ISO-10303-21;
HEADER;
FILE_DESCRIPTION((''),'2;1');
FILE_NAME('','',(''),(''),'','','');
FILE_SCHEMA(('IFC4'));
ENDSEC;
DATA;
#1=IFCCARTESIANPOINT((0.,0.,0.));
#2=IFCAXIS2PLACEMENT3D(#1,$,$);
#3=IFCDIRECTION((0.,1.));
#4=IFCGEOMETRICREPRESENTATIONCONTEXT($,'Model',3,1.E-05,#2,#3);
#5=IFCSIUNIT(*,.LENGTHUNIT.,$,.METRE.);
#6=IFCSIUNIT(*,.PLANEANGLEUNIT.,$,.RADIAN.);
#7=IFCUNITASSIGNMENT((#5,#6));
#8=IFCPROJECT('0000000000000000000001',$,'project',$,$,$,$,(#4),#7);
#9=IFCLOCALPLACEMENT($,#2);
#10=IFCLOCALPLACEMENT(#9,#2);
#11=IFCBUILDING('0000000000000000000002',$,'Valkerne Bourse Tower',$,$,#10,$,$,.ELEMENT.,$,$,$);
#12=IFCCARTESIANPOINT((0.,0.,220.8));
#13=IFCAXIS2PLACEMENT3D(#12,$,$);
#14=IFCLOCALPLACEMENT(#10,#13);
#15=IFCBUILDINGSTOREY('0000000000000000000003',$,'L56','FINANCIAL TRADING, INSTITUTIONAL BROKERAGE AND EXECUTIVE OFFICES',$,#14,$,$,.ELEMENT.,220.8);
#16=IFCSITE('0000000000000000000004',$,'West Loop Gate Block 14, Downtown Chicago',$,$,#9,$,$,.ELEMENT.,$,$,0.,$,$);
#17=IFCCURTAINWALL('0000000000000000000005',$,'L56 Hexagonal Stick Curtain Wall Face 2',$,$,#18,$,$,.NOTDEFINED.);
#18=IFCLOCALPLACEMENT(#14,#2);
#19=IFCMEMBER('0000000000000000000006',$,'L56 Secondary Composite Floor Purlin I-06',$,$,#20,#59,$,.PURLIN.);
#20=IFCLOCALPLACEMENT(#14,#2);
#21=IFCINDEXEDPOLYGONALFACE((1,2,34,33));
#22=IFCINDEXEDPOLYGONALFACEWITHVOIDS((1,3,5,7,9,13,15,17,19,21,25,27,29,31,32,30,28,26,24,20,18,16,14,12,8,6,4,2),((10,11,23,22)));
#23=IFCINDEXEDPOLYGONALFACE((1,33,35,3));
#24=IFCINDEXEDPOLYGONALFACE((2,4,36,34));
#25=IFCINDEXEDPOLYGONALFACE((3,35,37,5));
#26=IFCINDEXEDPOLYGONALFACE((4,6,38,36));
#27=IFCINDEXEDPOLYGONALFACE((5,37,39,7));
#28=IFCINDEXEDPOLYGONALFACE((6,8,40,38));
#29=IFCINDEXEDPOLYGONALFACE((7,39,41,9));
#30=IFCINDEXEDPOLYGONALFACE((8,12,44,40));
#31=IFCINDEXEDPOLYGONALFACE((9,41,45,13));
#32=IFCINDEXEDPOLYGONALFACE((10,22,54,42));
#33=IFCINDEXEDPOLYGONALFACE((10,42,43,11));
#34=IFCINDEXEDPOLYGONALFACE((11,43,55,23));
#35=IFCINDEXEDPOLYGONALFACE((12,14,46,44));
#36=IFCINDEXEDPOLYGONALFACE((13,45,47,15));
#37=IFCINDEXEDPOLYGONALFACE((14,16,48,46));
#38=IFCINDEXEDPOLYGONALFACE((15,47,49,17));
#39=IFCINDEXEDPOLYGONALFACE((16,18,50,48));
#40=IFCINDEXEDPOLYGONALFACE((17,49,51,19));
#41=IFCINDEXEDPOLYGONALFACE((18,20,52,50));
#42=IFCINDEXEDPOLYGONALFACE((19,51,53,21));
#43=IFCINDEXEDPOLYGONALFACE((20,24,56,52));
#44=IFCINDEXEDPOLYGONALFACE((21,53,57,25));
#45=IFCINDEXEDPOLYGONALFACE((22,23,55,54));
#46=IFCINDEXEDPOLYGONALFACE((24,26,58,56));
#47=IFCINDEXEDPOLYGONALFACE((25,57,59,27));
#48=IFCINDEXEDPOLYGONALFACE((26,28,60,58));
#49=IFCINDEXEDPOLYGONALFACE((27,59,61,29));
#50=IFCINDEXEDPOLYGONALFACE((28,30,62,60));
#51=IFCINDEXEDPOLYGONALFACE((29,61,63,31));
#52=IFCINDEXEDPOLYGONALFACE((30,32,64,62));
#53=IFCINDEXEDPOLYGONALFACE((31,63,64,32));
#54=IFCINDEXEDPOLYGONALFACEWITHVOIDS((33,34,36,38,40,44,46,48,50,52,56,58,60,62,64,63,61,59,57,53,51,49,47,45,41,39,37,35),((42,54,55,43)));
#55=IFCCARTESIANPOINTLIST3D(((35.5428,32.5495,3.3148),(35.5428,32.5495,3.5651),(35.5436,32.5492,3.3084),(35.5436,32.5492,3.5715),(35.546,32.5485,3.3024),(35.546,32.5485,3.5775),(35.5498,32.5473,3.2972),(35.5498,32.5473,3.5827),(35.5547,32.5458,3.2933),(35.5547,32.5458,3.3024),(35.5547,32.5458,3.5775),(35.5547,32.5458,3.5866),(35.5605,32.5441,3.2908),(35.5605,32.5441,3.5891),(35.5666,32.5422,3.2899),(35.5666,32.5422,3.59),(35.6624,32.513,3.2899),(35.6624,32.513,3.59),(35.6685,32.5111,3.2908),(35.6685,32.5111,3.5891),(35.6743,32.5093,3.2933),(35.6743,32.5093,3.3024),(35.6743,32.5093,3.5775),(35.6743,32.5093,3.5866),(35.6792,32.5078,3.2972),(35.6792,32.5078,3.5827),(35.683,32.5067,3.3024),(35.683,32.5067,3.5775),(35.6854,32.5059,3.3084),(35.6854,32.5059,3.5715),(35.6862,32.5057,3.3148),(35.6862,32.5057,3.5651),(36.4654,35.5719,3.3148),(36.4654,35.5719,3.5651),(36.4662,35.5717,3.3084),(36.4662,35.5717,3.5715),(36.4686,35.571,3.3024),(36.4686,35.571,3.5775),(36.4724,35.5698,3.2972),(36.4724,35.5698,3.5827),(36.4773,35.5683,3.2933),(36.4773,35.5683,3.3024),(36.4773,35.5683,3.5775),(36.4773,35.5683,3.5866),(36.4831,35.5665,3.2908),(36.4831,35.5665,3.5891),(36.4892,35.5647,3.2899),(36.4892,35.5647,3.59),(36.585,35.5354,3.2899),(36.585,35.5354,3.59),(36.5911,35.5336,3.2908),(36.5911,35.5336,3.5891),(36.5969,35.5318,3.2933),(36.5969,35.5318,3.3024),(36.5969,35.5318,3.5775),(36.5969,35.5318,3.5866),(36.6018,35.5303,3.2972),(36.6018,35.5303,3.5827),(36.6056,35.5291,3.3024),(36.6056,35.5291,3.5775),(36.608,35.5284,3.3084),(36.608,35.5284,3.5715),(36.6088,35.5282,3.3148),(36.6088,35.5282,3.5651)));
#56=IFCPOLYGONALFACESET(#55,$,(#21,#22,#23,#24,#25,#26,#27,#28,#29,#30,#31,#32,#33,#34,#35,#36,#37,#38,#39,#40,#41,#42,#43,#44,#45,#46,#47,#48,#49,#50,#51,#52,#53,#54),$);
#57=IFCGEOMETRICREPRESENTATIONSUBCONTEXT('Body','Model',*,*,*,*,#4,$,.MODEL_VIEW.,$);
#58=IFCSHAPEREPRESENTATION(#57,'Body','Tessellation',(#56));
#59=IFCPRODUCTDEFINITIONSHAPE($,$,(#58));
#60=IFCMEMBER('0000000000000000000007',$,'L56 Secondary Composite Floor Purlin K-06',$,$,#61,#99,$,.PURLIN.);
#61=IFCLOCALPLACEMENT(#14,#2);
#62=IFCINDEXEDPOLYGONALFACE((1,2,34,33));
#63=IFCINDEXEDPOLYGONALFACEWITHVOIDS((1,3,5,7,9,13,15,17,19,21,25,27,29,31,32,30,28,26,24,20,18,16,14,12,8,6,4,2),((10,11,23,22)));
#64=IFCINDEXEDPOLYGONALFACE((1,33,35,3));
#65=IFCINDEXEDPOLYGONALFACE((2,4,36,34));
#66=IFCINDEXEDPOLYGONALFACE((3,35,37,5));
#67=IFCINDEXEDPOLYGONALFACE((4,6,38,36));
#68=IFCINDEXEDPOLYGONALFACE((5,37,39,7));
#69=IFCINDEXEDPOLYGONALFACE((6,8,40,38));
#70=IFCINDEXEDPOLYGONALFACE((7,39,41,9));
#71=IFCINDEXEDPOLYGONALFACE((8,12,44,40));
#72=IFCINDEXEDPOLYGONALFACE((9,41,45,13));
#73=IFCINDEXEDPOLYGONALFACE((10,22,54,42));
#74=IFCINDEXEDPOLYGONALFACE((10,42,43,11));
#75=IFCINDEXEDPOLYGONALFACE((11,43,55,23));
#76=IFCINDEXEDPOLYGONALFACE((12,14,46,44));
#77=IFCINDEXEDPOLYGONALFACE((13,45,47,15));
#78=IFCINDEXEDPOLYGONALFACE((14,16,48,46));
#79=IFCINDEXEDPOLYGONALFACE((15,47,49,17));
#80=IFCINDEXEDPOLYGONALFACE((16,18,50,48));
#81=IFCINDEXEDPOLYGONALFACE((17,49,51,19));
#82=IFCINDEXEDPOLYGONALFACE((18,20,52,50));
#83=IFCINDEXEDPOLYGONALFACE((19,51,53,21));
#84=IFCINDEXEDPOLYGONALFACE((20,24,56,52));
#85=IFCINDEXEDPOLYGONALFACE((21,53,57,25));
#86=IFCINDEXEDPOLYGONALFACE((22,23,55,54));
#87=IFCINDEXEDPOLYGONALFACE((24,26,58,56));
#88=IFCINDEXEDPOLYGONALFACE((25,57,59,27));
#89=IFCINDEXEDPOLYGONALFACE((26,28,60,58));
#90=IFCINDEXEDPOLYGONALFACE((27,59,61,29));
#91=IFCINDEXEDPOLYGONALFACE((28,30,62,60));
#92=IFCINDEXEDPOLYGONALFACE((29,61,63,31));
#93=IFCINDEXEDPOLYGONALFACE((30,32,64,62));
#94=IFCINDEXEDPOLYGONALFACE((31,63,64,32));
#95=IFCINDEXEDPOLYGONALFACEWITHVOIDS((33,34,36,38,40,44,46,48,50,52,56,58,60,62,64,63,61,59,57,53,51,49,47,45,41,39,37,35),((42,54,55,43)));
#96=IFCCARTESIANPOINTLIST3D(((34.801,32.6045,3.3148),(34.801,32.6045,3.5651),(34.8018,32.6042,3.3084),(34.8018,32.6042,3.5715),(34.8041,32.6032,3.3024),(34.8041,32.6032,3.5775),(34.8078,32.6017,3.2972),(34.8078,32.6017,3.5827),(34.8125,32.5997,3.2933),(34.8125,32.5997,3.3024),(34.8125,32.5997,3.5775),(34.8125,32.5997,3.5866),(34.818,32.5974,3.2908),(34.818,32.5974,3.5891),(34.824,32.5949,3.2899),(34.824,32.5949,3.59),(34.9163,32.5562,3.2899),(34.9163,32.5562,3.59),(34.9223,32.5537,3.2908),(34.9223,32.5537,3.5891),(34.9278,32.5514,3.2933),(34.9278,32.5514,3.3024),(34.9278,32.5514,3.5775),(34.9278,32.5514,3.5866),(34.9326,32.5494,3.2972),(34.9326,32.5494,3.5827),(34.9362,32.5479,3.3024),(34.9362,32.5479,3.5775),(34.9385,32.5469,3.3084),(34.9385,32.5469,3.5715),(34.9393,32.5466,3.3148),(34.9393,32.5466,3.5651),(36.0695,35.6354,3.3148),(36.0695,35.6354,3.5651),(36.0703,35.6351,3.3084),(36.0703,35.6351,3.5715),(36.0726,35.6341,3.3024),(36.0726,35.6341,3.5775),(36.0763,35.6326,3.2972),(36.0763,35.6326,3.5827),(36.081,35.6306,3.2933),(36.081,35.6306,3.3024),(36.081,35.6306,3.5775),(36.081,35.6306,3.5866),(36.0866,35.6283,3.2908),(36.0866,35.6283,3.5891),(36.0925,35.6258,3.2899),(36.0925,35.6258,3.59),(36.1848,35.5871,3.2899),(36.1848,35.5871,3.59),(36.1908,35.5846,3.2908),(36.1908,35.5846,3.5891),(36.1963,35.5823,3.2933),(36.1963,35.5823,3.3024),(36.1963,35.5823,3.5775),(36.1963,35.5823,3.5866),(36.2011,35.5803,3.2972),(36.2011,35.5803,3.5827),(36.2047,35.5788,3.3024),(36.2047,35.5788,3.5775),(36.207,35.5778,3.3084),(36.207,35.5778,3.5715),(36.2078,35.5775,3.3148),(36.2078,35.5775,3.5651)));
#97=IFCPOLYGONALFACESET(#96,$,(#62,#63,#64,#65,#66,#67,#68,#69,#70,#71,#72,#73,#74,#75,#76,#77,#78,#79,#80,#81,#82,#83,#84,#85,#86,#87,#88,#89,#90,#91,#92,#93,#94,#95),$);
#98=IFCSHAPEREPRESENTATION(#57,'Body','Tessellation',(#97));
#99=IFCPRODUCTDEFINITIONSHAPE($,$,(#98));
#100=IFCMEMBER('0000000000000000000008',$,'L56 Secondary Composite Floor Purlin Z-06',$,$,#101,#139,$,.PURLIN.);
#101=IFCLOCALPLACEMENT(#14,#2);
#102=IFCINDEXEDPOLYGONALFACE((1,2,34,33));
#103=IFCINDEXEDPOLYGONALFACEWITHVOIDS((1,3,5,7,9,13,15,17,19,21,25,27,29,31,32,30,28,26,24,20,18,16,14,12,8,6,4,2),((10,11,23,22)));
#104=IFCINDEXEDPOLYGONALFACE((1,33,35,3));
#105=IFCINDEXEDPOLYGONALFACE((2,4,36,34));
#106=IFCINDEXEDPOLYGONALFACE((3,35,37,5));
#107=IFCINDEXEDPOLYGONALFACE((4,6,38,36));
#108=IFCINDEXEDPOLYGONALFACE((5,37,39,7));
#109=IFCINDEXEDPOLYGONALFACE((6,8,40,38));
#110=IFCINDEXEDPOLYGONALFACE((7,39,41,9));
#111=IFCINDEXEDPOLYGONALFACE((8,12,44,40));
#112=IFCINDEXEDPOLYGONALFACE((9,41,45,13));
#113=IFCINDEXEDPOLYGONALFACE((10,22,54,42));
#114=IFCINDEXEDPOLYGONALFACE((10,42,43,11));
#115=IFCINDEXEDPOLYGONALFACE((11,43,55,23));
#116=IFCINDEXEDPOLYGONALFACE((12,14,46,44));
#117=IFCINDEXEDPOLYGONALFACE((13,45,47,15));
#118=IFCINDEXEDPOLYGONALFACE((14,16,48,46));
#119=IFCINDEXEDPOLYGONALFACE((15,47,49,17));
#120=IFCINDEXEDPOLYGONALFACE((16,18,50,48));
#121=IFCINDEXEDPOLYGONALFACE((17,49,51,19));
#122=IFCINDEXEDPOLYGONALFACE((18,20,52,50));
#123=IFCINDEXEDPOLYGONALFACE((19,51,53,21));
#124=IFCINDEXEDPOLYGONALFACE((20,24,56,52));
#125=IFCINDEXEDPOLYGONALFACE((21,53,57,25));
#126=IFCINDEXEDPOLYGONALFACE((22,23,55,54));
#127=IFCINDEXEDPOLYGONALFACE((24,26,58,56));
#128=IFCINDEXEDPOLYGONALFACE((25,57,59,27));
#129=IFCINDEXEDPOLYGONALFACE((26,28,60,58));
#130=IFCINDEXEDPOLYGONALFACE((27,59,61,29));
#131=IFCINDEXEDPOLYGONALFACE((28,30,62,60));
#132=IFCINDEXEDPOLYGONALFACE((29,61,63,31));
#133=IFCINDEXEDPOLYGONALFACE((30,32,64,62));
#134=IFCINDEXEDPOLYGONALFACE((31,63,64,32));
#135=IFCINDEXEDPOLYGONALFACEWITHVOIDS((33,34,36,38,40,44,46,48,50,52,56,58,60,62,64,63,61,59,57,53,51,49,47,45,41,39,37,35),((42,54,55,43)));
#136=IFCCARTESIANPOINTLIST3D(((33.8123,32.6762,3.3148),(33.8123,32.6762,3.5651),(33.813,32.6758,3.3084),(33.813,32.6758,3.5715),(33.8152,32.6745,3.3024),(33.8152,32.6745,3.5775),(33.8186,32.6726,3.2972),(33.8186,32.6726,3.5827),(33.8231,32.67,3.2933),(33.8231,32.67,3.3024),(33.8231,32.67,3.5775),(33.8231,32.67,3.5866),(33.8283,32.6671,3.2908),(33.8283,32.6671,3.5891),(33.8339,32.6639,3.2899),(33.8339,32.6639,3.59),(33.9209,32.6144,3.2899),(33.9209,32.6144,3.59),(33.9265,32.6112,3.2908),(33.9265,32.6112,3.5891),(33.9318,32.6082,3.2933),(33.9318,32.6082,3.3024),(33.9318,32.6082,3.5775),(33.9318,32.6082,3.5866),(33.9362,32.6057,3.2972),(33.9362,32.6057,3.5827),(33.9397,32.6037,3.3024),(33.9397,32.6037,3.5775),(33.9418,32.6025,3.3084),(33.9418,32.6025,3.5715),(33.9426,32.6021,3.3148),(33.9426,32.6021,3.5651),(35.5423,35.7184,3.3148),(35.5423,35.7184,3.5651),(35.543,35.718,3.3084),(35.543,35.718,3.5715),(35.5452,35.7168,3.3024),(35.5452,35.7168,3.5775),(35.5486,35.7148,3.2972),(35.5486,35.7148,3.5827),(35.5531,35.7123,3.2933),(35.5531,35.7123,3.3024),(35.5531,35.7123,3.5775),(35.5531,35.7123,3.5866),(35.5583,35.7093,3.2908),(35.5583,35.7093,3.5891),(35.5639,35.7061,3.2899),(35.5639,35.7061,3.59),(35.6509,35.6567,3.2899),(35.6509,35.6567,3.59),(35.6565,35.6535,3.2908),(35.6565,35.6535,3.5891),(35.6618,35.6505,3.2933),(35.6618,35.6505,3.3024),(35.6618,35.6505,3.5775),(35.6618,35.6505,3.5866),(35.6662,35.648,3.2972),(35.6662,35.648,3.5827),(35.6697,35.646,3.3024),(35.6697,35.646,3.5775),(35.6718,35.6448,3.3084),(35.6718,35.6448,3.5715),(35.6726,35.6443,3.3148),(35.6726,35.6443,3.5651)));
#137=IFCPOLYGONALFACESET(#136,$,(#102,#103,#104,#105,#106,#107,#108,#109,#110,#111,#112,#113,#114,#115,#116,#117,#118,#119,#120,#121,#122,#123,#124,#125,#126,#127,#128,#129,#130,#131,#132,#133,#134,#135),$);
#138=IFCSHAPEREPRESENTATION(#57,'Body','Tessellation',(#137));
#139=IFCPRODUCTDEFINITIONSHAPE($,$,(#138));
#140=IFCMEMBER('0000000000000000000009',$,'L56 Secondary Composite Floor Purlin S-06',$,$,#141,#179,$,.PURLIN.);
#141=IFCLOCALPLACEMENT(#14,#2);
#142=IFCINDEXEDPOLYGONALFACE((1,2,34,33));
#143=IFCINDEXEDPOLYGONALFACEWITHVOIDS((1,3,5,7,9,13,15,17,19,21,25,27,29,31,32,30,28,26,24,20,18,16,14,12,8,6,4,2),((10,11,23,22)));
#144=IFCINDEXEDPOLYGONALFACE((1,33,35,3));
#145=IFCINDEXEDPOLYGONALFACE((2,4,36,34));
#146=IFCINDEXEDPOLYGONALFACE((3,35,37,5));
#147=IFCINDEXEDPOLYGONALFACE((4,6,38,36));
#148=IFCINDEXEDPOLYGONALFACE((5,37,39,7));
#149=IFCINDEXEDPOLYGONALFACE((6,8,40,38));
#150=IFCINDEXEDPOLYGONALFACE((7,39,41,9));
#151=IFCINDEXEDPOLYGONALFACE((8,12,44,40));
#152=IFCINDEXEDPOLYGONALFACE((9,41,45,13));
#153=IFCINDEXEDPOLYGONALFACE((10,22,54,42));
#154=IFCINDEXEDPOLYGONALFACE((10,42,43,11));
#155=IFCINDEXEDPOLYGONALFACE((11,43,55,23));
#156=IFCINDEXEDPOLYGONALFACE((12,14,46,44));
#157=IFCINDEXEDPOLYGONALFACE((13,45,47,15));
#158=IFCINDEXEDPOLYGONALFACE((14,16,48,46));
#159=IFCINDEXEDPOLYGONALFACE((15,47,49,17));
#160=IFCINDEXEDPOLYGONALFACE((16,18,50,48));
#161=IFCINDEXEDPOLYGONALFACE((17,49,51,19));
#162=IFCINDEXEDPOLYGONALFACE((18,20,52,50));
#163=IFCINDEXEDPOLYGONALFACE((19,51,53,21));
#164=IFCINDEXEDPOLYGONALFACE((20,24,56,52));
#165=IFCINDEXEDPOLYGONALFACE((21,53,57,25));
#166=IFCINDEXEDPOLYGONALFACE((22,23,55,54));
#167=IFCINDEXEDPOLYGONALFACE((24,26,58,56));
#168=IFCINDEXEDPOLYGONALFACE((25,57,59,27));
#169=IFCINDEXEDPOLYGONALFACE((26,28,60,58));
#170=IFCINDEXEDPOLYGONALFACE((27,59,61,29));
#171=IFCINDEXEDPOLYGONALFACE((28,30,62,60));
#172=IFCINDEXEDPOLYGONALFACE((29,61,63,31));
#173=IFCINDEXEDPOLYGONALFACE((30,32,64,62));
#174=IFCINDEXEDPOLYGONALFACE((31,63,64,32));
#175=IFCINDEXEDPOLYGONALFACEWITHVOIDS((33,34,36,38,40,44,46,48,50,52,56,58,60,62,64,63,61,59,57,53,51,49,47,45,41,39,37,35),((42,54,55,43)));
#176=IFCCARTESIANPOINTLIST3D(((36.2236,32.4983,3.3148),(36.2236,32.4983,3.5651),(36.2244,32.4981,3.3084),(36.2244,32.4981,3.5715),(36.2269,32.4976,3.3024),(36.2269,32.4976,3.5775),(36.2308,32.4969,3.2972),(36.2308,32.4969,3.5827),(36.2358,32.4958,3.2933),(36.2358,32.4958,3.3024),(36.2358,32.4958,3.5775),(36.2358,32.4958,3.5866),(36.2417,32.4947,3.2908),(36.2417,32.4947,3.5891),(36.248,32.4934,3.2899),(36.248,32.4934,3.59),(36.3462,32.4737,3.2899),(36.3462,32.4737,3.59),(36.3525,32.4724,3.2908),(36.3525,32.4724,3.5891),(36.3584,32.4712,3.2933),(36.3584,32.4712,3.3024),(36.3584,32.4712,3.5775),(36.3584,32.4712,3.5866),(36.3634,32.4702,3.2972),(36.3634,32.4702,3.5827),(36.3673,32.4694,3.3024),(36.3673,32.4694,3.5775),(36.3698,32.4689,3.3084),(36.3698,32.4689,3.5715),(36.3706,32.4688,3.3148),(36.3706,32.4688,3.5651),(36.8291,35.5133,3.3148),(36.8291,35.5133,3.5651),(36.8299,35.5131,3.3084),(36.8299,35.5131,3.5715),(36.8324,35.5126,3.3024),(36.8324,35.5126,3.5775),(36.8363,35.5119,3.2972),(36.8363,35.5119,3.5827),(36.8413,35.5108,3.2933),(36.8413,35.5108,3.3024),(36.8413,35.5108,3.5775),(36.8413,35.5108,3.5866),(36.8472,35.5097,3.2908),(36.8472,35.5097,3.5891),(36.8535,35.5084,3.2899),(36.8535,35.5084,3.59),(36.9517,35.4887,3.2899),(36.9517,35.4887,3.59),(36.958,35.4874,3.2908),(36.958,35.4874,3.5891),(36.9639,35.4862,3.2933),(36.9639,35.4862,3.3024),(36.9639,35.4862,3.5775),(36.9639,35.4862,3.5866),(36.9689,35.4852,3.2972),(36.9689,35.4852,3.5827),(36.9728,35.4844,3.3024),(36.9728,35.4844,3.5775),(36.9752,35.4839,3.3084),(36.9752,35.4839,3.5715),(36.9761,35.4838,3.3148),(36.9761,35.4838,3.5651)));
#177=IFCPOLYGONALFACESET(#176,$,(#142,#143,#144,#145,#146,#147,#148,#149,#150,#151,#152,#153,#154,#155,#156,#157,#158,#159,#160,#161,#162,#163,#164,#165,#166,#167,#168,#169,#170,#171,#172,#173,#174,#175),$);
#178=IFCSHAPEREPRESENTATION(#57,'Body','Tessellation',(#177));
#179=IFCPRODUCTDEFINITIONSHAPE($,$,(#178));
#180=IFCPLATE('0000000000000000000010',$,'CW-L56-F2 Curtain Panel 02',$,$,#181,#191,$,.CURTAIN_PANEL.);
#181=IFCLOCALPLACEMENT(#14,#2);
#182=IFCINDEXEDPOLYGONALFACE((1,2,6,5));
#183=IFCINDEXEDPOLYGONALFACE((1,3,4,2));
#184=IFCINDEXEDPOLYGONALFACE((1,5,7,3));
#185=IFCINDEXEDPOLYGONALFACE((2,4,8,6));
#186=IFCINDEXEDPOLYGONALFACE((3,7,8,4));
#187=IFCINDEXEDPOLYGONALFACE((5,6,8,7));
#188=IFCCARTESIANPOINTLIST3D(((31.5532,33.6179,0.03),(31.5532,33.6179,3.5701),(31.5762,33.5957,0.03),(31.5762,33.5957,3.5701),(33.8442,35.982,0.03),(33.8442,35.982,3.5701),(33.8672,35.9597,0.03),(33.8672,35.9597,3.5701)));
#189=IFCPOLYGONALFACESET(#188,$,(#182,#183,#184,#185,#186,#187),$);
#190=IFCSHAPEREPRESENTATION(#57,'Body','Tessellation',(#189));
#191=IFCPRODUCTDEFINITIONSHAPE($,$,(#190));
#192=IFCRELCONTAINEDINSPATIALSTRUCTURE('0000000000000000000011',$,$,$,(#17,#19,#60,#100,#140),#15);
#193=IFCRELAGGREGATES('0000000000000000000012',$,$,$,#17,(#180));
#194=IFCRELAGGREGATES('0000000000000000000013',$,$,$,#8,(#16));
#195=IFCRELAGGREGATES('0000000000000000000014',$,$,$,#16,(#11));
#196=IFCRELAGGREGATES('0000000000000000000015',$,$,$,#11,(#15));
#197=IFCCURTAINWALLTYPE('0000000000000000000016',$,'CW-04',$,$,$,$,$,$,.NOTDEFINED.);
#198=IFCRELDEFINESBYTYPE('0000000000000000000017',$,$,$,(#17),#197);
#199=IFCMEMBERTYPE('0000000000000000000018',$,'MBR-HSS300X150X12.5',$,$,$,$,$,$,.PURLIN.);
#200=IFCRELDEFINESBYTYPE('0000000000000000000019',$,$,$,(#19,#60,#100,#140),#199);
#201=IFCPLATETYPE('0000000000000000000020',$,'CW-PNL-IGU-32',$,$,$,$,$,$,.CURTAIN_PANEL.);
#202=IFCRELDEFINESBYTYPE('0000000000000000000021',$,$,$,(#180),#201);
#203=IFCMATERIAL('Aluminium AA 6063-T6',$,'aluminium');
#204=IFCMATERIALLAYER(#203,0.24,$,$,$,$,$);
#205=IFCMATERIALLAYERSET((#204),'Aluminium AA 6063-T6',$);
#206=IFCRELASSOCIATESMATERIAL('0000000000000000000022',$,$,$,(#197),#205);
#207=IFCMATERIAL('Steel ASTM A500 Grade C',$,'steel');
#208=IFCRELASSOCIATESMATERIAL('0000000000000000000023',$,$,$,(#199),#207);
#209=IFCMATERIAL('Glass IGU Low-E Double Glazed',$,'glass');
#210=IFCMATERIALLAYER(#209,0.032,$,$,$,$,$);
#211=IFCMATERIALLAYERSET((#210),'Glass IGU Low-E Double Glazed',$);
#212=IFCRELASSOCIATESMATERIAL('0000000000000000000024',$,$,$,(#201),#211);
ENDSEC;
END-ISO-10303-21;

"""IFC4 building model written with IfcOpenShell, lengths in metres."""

from ifc_helpers import new_model, si_unit, direction, frame, origin, origin_2d, place, context, subcontext, project, spatial, rectangle, hollow_rectangle, extrude, material, layer, layer_set, material_profile, profile_set, type_object, element, aggregate, save


model = new_model("IFC4")

# Units and contexts
model_context = context("Model", 3, precision=1e-05, world=origin(), true_north=direction((0.0, 1.0)))
body_context = subcontext(model_context, "Body", "Model", "MODEL_VIEW")
ifc_project = project(units=[si_unit("LENGTHUNIT", "METRE"), si_unit("PLANEANGLEUNIT", "RADIAN")], contexts=[model_context])

# Site, building, storey
site_placement = place(None, origin())
site = spatial("IfcSite", under=ifc_project, at=site_placement, Name="West Loop Gate Block 14, Downtown Chicago", CompositionType="ELEMENT", RefElevation=0.0)
building_placement = place(site_placement, origin())
building = spatial("IfcBuilding", under=site, at=building_placement, Name="Valkerne Bourse Tower", CompositionType="ELEMENT")
storey_placement = place(building_placement, frame((0.0, 0.0, 220.8)))
storey = spatial("IfcBuildingStorey", under=building, at=storey_placement, Name="L56", Description="FINANCIAL TRADING, INSTITUTIONAL BROKERAGE AND EXECUTIVE OFFICES", CompositionType="ELEMENT", Elevation=220.8)

# Curtain wall
ifc_material_1 = material(Name="Aluminium AA 6063-T6", Category="aluminium")
ifc_layer_1 = layer(ifc_material_1, 0.24)
ifc_layer_set_1 = layer_set([ifc_layer_1], Name="Aluminium AA 6063-T6")
curtain_wall_type = type_object("IfcCurtainWallType", Name="CW-04", PredefinedType="NOTDEFINED", material=ifc_layer_set_1)
curtain_wall_placement = place(storey_placement, origin())
curtain_wall = element("IfcCurtainWall", 1, at=curtain_wall_placement, inside=storey, type_object=curtain_wall_type, Name="L56 Hexagonal Stick Curtain Wall Face 2", PredefinedType="NOTDEFINED")

# Members
ifc_material_2 = material(Name="Steel ASTM A500 Grade C", Category="steel")
ifc_material_profile_1 = material_profile(ifc_material_2, hollow_rectangle(XDim=0.1499, YDim=0.3, WallThickness=0.0125, OuterFilletRadius=0.0249, at=origin_2d()), Name="HSS300X150X12.5")
ifc_profile_set_1 = profile_set([ifc_material_profile_1], Name="Steel ASTM A500 Grade C")
member_type_1 = type_object("IfcMemberType", Name="MBR-HSS300X150X12.5", PredefinedType="PURLIN", material=ifc_profile_set_1)
member_1_placement = place(storey_placement, frame((36.5371, 35.55, 3.4399), z_axis=(-0.291952, -0.956433, 0.0), x_axis=(0.956433, -0.291952, 0.0)))
element("IfcMember", 2, at=member_1_placement, inside=storey, type_object=member_type_1, Name="L56 Secondary Composite Floor Purlin I-06", PredefinedType="PURLIN", context=body_context, shape_type="SweptSolid", body=[
    extrude(hollow_rectangle(XDim=0.1499, YDim=0.3, WallThickness=0.0125, OuterFilletRadius=0.0249, at=origin_2d()), origin(), (0.0, 0.0, 1.0), 3.1602),
])
member_2_placement = place(storey_placement, frame((36.1387, 35.6064, 3.4399), z_axis=(-0.386076, -0.922467, 0.0), x_axis=(0.922467, -0.386076, 0.0)))
element("IfcMember", 3, at=member_2_placement, inside=storey, type_object=member_type_1, Name="L56 Secondary Composite Floor Purlin K-06", PredefinedType="PURLIN", context=body_context, shape_type="SweptSolid", body=[
    extrude(hollow_rectangle(XDim=0.1499, YDim=0.3, WallThickness=0.0125, OuterFilletRadius=0.0249, at=origin_2d()), origin(), (0.0, 0.0, 1.0), 3.2856),
])
member_3_placement = place(storey_placement, frame((35.6074, 35.6814, 3.4399), z_axis=(-0.49432, -0.86928, 0.0), x_axis=(0.86928, -0.49432, 0.0)))
element("IfcMember", 4, at=member_3_placement, inside=storey, type_object=member_type_1, Name="L56 Secondary Composite Floor Purlin Z-06", PredefinedType="PURLIN", context=body_context, shape_type="SweptSolid", body=[
    extrude(hollow_rectangle(XDim=0.1499, YDim=0.3, WallThickness=0.0125, OuterFilletRadius=0.0249, at=origin_2d()), origin(), (0.0, 0.0, 1.0), 3.4998),
])
member_4_placement = place(storey_placement, frame((36.9026, 35.4985, 3.4399), z_axis=(-0.196895, -0.980425, 0.0), x_axis=(0.980425, -0.196895, 0.0)))
element("IfcMember", 5, at=member_4_placement, inside=storey, type_object=member_type_1, Name="L56 Secondary Composite Floor Purlin S-06", PredefinedType="PURLIN", context=body_context, shape_type="SweptSolid", body=[
    extrude(hollow_rectangle(XDim=0.1499, YDim=0.3, WallThickness=0.0125, OuterFilletRadius=0.0249, at=origin_2d()), origin(), (0.0, 0.0, 1.0), 3.0752),
])

# Plate
ifc_material_3 = material(Name="Glass IGU Low-E Double Glazed", Category="glass")
ifc_layer_2 = layer(ifc_material_3, 0.032)
ifc_layer_set_2 = layer_set([ifc_layer_2], Name="Glass IGU Low-E Double Glazed")
plate_type = type_object("IfcPlateType", Name="CW-PNL-IGU-32", PredefinedType="CURTAIN_PANEL", material=ifc_layer_set_2)
plate_placement = place(storey_placement, frame((32.7102, 34.7888, 0.03), z_axis=(0.0, 0.0, 1.0), x_axis=(-0.69592, -0.718119, 0.0)))
plate = element("IfcPlate", 6, at=plate_placement, type_object=plate_type, Name="CW-L56-F2 Curtain Panel 02", PredefinedType="CURTAIN_PANEL", context=body_context, shape_type="SweptSolid", body=[
    extrude(rectangle(XDim=3.292, YDim=0.032, at=origin_2d()), origin(), (0.0, 0.0, 1.0), 3.54),
])
aggregate(curtain_wall, [plate])

save(model, "model.ifc")
